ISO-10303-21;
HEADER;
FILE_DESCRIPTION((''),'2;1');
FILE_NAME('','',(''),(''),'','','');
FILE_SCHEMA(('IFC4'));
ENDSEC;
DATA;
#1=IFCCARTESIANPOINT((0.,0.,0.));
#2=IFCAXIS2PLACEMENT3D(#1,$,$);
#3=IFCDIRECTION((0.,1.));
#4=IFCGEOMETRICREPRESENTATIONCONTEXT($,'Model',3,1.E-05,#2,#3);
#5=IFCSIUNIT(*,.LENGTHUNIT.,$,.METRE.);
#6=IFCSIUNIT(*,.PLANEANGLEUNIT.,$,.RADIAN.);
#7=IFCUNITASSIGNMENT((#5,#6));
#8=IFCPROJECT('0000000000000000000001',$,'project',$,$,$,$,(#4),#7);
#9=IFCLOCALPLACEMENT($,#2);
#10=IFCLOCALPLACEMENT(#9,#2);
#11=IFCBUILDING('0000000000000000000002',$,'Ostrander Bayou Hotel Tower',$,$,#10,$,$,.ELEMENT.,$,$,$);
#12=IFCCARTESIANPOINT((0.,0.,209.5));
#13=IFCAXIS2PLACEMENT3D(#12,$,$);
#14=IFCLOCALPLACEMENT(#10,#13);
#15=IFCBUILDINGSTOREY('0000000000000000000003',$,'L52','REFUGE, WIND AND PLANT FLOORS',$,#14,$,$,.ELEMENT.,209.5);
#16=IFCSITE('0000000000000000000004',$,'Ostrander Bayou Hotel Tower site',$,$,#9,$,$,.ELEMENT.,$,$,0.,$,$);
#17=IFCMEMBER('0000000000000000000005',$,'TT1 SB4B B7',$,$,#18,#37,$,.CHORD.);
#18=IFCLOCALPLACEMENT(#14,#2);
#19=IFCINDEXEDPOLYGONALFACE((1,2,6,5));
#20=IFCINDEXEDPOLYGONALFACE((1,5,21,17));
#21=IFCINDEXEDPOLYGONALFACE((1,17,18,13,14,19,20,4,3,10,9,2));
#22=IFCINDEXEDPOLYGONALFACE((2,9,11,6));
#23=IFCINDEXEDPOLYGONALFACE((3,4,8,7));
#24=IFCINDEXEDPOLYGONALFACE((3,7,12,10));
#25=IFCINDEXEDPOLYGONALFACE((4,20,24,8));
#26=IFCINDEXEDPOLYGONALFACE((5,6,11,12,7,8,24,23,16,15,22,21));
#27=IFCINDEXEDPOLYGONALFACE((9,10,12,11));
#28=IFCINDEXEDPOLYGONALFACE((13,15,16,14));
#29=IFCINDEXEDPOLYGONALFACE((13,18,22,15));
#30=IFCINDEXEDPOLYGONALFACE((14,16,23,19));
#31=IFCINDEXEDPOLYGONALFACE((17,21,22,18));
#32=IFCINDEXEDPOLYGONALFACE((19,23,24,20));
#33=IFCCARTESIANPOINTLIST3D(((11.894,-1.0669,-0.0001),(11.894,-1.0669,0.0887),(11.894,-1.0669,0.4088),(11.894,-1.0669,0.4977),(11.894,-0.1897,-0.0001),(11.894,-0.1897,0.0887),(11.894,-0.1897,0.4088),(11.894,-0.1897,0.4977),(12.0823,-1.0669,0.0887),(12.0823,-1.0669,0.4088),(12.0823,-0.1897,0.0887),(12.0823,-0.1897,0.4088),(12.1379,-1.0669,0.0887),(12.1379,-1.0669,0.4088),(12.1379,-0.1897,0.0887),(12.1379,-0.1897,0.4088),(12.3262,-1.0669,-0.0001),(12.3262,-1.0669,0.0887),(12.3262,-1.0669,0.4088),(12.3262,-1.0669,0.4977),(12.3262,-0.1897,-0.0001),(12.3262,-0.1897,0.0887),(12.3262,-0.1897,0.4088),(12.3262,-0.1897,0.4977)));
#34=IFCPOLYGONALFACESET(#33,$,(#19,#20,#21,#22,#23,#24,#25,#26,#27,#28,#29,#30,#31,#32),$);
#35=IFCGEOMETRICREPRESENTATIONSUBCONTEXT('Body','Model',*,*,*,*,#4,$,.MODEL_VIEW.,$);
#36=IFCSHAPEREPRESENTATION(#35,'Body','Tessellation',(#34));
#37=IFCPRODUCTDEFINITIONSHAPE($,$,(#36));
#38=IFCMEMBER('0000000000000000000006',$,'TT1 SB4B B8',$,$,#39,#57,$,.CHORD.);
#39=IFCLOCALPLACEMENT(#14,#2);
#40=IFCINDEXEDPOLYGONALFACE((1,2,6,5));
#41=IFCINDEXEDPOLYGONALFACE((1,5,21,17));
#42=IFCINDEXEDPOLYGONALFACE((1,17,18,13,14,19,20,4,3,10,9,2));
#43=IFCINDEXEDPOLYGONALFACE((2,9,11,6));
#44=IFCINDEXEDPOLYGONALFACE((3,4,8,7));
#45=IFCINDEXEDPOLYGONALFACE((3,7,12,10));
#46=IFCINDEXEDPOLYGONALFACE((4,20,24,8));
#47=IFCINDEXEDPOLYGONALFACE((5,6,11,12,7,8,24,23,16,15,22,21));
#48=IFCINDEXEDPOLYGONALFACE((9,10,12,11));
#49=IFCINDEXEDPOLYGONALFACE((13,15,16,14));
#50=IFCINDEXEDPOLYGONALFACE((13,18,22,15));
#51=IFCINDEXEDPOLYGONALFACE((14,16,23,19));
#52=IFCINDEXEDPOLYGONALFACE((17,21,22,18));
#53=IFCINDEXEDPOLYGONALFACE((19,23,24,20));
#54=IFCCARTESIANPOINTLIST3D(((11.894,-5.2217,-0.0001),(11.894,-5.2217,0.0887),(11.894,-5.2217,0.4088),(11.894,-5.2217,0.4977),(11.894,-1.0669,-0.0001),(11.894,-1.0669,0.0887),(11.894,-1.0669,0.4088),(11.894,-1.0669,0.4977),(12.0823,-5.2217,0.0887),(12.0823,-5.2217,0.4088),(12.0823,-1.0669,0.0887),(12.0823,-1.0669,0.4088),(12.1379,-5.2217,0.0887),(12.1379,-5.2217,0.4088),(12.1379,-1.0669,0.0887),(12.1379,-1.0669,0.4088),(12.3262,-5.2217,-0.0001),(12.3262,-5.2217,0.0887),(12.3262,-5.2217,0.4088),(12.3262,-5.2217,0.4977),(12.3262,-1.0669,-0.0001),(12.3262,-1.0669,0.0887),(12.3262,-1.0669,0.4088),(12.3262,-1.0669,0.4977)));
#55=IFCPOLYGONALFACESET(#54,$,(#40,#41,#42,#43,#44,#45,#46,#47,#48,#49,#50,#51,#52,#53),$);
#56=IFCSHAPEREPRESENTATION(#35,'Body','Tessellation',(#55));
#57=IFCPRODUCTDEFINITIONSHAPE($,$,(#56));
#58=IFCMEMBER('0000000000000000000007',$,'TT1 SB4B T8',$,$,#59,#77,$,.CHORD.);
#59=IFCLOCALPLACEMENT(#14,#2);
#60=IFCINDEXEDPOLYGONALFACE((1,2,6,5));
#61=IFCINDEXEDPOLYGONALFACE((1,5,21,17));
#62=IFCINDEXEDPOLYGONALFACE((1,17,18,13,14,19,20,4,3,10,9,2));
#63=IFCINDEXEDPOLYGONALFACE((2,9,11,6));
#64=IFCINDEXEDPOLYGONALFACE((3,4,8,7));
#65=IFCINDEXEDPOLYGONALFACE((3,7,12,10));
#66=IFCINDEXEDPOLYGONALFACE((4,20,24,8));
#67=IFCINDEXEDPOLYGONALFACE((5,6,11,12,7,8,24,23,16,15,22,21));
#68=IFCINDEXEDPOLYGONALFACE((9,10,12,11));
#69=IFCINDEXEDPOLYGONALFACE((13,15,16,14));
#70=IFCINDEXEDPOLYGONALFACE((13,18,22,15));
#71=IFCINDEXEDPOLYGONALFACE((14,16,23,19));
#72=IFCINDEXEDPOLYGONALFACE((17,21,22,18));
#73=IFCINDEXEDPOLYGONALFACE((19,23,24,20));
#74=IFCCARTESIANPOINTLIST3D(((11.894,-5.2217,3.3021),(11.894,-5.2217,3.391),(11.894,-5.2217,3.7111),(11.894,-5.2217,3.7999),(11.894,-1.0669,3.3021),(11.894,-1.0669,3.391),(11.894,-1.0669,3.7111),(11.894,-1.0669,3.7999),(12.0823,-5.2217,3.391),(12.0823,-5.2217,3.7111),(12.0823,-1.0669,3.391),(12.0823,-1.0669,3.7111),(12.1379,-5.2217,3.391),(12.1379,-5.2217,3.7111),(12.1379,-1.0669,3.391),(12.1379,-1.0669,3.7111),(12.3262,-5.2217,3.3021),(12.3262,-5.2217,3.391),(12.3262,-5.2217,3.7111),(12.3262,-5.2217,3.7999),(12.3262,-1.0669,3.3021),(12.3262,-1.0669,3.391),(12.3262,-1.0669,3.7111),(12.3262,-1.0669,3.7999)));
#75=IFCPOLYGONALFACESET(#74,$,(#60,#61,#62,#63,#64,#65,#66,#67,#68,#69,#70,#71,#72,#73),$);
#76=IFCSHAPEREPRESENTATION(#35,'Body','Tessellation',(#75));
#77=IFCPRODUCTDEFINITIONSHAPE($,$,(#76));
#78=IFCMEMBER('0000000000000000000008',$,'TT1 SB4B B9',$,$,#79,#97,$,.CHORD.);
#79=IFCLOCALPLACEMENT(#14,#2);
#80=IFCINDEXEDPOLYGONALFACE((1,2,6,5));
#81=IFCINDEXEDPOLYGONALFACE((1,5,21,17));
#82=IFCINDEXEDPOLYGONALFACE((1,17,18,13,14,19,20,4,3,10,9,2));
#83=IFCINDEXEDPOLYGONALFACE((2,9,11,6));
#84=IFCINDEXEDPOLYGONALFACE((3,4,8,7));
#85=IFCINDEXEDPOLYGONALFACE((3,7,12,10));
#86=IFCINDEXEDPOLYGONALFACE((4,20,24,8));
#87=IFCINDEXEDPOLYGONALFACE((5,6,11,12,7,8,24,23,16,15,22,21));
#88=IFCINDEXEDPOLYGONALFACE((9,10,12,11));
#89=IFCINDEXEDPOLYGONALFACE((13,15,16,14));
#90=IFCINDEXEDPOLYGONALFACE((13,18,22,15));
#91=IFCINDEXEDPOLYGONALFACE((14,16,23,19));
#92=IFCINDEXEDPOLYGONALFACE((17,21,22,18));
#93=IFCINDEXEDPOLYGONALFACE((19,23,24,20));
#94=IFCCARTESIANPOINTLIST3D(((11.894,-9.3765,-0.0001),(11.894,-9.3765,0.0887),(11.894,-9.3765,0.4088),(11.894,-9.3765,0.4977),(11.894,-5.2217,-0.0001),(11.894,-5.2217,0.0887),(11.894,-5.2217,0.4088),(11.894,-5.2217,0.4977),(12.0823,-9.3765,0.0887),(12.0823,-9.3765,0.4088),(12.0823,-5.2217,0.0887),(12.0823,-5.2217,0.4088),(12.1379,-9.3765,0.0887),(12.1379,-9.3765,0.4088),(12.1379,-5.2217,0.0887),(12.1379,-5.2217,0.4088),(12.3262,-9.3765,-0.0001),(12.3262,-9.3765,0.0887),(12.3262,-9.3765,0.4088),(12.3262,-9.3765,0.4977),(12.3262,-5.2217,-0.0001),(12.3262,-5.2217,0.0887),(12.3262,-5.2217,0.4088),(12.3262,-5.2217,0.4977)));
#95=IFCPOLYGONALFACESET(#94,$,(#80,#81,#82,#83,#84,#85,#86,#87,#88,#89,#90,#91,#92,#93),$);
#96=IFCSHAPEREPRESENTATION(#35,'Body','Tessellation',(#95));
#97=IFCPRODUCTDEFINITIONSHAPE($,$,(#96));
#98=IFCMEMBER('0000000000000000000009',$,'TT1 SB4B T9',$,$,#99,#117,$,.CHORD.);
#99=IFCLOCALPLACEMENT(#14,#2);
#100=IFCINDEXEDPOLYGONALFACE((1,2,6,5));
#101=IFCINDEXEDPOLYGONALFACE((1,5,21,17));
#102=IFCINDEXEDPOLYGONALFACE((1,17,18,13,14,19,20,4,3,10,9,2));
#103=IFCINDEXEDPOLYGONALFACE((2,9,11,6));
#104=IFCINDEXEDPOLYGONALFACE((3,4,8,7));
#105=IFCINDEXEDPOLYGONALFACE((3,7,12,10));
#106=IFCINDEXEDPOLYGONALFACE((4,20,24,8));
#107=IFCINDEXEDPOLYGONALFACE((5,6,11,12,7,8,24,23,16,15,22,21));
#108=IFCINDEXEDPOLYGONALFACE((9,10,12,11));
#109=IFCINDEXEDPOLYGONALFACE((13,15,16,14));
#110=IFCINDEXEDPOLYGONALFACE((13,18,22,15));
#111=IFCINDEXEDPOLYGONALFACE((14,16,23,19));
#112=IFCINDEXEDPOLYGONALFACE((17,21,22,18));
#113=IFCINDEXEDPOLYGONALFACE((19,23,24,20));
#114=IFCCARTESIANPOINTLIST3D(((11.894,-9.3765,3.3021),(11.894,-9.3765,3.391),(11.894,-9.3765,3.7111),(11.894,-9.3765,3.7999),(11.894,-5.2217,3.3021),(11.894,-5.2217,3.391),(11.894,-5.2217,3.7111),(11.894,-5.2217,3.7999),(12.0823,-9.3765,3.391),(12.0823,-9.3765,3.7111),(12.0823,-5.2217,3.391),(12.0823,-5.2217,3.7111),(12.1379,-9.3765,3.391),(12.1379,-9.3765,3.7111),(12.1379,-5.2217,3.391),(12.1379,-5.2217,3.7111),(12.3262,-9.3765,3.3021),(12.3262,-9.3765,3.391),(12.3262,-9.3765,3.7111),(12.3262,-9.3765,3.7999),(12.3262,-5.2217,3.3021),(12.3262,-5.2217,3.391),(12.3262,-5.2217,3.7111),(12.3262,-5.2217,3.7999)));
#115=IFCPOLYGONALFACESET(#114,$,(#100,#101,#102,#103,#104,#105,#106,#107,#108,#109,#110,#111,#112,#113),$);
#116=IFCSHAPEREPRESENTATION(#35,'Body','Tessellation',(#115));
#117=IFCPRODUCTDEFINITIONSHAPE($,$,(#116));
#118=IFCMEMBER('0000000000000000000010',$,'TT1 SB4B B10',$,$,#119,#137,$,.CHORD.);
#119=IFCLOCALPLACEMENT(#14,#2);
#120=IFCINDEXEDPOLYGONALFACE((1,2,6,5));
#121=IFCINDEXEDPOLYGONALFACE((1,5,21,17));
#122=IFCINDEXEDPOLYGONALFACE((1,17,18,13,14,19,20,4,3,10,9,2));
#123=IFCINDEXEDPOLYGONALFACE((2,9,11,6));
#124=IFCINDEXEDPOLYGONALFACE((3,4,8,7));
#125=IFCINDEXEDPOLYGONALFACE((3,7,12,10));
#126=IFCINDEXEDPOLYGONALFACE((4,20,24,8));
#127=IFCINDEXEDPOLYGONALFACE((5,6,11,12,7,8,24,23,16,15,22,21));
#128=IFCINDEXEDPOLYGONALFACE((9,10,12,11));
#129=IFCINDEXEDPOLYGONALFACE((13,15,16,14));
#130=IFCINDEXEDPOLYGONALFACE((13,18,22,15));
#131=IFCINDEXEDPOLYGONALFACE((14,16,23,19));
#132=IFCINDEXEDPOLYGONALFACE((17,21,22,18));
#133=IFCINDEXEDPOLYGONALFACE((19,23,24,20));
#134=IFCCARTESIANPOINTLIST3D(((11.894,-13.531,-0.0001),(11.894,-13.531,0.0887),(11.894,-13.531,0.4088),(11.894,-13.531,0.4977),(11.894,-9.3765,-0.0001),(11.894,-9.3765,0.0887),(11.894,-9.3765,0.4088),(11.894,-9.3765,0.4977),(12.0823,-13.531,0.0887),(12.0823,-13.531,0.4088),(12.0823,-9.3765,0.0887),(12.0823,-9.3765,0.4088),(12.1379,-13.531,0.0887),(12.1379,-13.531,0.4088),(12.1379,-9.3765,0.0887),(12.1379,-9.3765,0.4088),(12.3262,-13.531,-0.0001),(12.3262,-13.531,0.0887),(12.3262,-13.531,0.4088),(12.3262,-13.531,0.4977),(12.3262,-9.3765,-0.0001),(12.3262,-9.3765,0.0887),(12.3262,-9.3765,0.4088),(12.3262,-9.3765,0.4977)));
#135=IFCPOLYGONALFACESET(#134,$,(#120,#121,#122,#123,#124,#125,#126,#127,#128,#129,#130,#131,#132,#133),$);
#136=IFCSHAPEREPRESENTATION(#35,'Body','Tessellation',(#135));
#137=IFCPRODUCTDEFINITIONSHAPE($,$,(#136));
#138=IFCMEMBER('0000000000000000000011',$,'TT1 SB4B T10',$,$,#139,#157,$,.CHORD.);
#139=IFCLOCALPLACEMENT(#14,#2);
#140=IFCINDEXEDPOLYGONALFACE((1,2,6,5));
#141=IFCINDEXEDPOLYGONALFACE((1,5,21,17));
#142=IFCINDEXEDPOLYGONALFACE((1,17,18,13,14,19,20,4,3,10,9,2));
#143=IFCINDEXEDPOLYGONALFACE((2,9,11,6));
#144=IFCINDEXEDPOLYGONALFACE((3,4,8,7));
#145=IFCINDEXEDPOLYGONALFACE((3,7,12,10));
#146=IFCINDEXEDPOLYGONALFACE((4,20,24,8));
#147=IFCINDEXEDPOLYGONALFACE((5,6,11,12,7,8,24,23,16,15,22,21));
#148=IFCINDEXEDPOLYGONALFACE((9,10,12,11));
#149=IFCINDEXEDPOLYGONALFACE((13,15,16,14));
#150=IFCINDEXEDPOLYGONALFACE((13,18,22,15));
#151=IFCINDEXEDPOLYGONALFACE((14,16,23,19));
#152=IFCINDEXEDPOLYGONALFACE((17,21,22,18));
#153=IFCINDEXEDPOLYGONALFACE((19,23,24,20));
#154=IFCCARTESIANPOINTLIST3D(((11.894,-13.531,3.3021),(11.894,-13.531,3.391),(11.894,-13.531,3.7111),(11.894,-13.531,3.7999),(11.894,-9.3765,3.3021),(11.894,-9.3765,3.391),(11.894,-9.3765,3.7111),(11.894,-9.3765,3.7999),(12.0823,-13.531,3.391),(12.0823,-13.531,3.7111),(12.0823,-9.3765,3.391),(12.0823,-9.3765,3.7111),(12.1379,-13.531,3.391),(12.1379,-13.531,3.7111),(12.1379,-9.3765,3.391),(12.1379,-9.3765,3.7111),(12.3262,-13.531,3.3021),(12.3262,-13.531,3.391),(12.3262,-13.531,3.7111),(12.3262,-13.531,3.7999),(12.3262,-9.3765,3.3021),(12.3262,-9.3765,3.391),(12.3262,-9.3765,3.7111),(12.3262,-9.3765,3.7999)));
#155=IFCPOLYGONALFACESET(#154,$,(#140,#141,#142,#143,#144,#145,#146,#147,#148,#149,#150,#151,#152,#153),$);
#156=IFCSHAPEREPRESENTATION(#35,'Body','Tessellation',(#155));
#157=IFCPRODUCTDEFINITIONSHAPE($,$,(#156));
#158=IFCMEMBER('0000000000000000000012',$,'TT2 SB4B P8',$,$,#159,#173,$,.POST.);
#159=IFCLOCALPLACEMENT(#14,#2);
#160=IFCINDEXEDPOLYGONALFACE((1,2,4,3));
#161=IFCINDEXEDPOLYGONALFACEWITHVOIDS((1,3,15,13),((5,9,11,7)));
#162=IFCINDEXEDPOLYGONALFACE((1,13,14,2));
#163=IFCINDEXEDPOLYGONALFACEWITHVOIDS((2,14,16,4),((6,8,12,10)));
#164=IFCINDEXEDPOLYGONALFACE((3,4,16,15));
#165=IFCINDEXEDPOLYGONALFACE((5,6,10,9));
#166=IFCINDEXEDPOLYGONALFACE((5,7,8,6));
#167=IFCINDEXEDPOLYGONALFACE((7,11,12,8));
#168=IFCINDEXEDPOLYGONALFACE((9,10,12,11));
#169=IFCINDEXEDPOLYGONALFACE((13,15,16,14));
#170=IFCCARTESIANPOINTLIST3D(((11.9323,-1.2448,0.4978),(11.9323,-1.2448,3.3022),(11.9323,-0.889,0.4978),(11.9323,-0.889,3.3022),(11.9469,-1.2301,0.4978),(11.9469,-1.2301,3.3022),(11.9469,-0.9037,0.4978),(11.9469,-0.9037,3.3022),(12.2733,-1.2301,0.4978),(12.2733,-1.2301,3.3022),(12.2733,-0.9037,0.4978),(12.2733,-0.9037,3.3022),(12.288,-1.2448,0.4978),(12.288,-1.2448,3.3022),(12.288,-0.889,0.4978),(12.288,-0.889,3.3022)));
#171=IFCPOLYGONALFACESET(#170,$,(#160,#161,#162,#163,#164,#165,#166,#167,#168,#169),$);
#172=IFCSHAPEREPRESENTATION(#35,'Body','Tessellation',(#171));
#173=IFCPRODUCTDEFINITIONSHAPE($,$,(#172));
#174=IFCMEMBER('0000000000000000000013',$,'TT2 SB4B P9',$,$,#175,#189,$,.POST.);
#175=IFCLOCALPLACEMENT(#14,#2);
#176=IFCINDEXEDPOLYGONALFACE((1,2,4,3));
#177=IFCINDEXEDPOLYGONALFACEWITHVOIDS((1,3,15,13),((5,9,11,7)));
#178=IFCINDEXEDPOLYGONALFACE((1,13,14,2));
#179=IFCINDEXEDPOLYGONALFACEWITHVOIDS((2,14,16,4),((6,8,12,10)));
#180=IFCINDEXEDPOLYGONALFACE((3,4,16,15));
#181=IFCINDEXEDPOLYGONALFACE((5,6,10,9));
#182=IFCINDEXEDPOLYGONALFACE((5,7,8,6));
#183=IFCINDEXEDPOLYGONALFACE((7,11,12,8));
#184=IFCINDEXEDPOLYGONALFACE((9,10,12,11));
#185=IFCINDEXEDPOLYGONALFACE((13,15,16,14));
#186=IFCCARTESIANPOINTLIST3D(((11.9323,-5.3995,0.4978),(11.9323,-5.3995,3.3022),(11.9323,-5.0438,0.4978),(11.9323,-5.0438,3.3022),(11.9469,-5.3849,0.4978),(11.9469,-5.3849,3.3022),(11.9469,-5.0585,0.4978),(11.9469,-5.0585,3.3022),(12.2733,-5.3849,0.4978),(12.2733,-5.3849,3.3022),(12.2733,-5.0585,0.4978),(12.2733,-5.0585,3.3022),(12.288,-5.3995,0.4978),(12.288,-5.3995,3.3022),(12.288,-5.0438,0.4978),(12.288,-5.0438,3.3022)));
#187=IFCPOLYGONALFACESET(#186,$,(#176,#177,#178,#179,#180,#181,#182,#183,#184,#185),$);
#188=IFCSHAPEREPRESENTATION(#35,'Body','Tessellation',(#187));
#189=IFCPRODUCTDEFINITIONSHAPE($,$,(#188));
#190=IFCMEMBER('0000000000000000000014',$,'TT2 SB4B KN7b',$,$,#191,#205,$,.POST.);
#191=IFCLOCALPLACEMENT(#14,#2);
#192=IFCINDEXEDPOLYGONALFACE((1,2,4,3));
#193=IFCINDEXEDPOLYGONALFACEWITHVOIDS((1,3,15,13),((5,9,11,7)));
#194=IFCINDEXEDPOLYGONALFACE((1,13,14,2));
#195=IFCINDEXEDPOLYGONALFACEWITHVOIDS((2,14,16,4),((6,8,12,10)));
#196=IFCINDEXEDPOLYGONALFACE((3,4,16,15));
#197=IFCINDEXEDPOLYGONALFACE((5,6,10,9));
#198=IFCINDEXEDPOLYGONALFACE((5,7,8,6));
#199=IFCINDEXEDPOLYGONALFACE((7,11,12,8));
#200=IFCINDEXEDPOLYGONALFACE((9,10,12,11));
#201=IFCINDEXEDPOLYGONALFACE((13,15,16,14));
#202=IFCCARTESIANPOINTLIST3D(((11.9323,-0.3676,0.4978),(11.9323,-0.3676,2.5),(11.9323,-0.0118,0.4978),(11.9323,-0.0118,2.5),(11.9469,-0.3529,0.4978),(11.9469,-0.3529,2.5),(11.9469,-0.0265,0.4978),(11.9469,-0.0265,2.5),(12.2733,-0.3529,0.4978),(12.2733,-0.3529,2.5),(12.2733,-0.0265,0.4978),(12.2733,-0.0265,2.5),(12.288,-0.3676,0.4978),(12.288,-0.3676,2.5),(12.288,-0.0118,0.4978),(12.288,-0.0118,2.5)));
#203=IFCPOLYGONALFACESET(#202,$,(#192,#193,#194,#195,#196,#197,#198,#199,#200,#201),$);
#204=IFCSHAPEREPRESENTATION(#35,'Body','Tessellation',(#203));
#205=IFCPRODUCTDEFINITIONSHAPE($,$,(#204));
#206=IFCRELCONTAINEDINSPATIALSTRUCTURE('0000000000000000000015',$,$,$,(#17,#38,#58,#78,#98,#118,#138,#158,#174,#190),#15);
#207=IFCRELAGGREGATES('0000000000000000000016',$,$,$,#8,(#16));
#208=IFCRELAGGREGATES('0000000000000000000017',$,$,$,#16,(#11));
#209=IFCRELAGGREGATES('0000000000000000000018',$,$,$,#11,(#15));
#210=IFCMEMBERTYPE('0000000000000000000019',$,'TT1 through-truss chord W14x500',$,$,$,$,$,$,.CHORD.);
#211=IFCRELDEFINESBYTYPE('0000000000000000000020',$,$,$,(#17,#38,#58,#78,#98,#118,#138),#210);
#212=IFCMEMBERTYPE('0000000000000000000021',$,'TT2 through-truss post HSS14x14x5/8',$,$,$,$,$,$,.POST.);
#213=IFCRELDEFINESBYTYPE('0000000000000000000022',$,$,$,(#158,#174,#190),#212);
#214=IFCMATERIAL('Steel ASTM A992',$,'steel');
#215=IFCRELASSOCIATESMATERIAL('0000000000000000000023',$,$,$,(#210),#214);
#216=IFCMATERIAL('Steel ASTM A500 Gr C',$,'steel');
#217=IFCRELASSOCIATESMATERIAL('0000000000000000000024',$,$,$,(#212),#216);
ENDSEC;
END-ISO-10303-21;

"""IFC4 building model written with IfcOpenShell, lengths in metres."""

from ifc_helpers import new_model, si_unit, direction, frame, origin, origin_2d, place, context, subcontext, project, spatial, hollow_rectangle, i_section, extrude, material, material_profile, profile_set, type_object, element, save


model = new_model("IFC4")

# Units and contexts
model_context = context("Model", 3, precision=1e-05, world=origin(), true_north=direction((0.0, 1.0)))
body_context = subcontext(model_context, "Body", "Model", "MODEL_VIEW")
ifc_project = project(units=[si_unit("LENGTHUNIT", "METRE"), si_unit("PLANEANGLEUNIT", "RADIAN")], contexts=[model_context])

# Site, building, storey
site_placement = place(None, origin())
site = spatial("IfcSite", under=ifc_project, at=site_placement, Name="Ostrander Bayou Hotel Tower site", CompositionType="ELEMENT", RefElevation=0.0)
building_placement = place(site_placement, origin())
building = spatial("IfcBuilding", under=site, at=building_placement, Name="Ostrander Bayou Hotel Tower", CompositionType="ELEMENT")
storey_placement = place(building_placement, frame((0.0, 0.0, 209.5)))
storey = spatial("IfcBuildingStorey", under=building, at=storey_placement, Name="L52", Description="REFUGE, WIND AND PLANT FLOORS", CompositionType="ELEMENT", Elevation=209.5)

# Members
ifc_material_1 = material(Name="Steel ASTM A992", Category="steel")
ifc_material_profile_1 = material_profile(ifc_material_1, i_section(OverallWidth=0.4321, OverallDepth=0.4978, WebThickness=0.0557, FlangeThickness=0.0889, at=origin_2d()))
ifc_profile_set_1 = profile_set([ifc_material_profile_1], Name="Steel ASTM A992")
member_type_1 = type_object("IfcMemberType", Name="TT1 through-truss chord W14x500", PredefinedType="CHORD", material=ifc_profile_set_1)
member_1_placement = place(storey_placement, frame((12.1101, -0.1897, 0.2488), z_axis=(0.0, -1.0, 0.0), x_axis=(1.0, 0.0, 0.0)))
element("IfcMember", 1, at=member_1_placement, inside=storey, type_object=member_type_1, Name="TT1 SB4B B7", PredefinedType="CHORD", context=body_context, shape_type="SweptSolid", body=[
    extrude(i_section(OverallWidth=0.4321, OverallDepth=0.4978, WebThickness=0.0557, FlangeThickness=0.0889, at=origin_2d()), origin(), (0.0, 0.0, 1.0), 0.8772),
])
for number, where, z_axis, x_axis, name in (
    (2, (12.1101, -1.0669, 0.2488), (0.0, -1.0, 0.0), (1.0, 0.0, 0.0), "TT1 SB4B B8"),
    (3, (12.1101, -1.0669, 3.551), (0.0, -1.0, 0.0), (1.0, 0.0, 0.0), "TT1 SB4B T8"),
    (4, (12.1101, -5.2217, 0.2488), (0.0, -1.0, 0.0), (1.0, 0.0, 0.0), "TT1 SB4B B9"),
    (5, (12.1101, -5.2217, 3.551), (0.0, -1.0, 0.0), (1.0, 0.0, 0.0), "TT1 SB4B T9"),
):
    element("IfcMember", number, at=place(storey_placement, frame(where, z_axis=z_axis, x_axis=x_axis)), inside=storey, type_object=member_type_1, Name=name, PredefinedType="CHORD", context=body_context, shape_type="SweptSolid", body=[
        extrude(i_section(OverallWidth=0.4321, OverallDepth=0.4978, WebThickness=0.0557, FlangeThickness=0.0889, at=origin_2d()), origin(), (0.0, 0.0, 1.0), 4.1548),
    ])
for number, where, z_axis, x_axis, name in (
    (6, (12.1101, -9.3765, 0.2488), (0.0, -1.0, 0.0), (1.0, 0.0, 0.0), "TT1 SB4B B10"),
    (7, (12.1101, -9.3765, 3.551), (0.0, -1.0, 0.0), (1.0, 0.0, 0.0), "TT1 SB4B T10"),
):
    element("IfcMember", number, at=place(storey_placement, frame(where, z_axis=z_axis, x_axis=x_axis)), inside=storey, type_object=member_type_1, Name=name, PredefinedType="CHORD", context=body_context, shape_type="SweptSolid", body=[
        extrude(i_section(OverallWidth=0.4321, OverallDepth=0.4978, WebThickness=0.0557, FlangeThickness=0.0889, at=origin_2d()), origin(), (0.0, 0.0, 1.0), 4.1545),
    ])
ifc_material_2 = material(Name="Steel ASTM A500 Gr C", Category="steel")
ifc_material_profile_2 = material_profile(ifc_material_2, hollow_rectangle(XDim=0.3557, YDim=0.3557, WallThickness=0.0146, at=origin_2d()))
ifc_profile_set_2 = profile_set([ifc_material_profile_2], Name="Steel ASTM A500 Gr C")
member_type_2 = type_object("IfcMemberType", Name="TT2 through-truss post HSS14x14x5/8", PredefinedType="POST", material=ifc_profile_set_2)
for number, where, z_axis, x_axis, name in (
    (8, (12.1101, -1.0669, 0.4978), (0.0, 0.0, 1.0), (1.0, 0.0, 0.0), "TT2 SB4B P8"),
    (9, (12.1101, -5.2217, 0.4978), (0.0, 0.0, 1.0), (1.0, 0.0, 0.0), "TT2 SB4B P9"),
):
    element("IfcMember", number, at=place(storey_placement, frame(where, z_axis=z_axis, x_axis=x_axis)), inside=storey, type_object=member_type_2, Name=name, PredefinedType="POST", context=body_context, shape_type="SweptSolid", body=[
        extrude(hollow_rectangle(XDim=0.3557, YDim=0.3557, WallThickness=0.0146, at=origin_2d()), origin(), (0.0, 0.0, 1.0), 2.8044),
    ])
member_2_placement = place(storey_placement, frame((12.1101, -0.1897, 0.4978), z_axis=(0.0, 0.0, 1.0), x_axis=(1.0, 0.0, 0.0)))
element("IfcMember", 10, at=member_2_placement, inside=storey, type_object=member_type_2, Name="TT2 SB4B KN7b", PredefinedType="POST", context=body_context, shape_type="SweptSolid", body=[
    extrude(hollow_rectangle(XDim=0.3557, YDim=0.3557, WallThickness=0.0146, at=origin_2d()), origin(), (0.0, 0.0, 1.0), 2.0022),
])

save(model, "model.ifc")
